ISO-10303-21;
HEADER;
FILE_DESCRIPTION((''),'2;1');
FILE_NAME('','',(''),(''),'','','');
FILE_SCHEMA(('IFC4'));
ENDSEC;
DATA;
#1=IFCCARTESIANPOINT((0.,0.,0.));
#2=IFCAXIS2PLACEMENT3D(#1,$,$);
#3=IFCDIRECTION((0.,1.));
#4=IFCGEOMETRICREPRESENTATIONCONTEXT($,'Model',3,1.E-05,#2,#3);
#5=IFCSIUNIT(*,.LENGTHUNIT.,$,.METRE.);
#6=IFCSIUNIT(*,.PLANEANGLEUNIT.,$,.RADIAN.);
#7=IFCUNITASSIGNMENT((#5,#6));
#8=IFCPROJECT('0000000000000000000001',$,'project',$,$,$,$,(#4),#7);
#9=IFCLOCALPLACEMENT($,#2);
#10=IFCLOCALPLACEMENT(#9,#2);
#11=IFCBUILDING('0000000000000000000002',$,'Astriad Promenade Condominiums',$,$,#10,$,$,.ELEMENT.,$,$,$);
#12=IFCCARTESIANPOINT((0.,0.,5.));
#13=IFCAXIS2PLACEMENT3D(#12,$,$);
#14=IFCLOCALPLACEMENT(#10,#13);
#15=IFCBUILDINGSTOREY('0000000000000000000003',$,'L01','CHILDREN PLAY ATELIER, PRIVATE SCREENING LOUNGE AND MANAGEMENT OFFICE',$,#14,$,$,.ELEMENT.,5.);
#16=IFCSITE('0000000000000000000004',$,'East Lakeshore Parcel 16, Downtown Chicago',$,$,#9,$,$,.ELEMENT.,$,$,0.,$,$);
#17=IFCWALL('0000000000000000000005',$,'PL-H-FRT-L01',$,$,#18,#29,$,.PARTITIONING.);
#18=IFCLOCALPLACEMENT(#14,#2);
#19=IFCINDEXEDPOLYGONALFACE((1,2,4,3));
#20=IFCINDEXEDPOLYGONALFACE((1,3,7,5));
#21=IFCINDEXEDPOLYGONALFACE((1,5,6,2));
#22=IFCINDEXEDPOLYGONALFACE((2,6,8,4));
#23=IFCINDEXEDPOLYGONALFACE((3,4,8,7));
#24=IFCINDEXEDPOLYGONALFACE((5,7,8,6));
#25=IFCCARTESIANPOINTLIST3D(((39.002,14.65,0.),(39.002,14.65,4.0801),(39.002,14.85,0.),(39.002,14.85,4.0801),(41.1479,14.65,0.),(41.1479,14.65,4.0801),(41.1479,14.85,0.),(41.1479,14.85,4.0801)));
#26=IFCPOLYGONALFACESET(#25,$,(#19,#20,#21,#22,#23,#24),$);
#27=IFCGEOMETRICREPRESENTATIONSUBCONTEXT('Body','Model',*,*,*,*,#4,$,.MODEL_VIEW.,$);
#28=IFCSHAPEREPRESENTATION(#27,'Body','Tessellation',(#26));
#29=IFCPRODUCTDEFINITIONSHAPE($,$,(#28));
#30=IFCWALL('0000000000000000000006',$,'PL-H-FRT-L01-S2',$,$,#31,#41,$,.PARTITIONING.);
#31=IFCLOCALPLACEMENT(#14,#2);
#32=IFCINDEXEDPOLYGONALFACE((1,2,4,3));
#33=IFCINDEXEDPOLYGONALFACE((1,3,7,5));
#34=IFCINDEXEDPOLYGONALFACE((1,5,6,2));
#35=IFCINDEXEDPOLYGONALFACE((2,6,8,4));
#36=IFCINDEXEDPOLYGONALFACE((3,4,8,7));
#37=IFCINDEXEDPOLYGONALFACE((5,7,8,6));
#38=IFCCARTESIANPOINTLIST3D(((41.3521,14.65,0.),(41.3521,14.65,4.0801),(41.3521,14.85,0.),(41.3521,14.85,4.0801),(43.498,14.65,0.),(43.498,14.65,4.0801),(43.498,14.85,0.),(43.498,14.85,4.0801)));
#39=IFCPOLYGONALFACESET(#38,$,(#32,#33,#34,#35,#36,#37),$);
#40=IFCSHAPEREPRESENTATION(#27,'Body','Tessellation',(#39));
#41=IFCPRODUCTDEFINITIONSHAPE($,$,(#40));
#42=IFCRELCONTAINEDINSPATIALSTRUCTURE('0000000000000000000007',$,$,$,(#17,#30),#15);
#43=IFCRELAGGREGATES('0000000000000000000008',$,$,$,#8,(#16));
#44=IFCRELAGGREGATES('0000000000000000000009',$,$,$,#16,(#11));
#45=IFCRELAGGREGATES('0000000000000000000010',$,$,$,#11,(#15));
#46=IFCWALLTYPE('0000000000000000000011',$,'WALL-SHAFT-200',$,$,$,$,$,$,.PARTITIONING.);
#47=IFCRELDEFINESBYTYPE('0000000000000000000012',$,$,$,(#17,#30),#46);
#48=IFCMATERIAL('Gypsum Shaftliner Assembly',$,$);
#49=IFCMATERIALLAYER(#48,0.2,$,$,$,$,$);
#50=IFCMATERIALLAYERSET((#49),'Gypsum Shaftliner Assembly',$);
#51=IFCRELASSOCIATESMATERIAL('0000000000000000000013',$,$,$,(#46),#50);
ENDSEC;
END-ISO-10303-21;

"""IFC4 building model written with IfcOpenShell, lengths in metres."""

from ifc_helpers import new_model, si_unit, direction, frame, frame_2d, origin, place, context, subcontext, project, spatial, rectangle, extrude, material, layer, layer_set, type_object, element, save


model = new_model("IFC4")

# Units and contexts
model_context = context("Model", 3, precision=1e-05, world=origin(), true_north=direction((0.0, 1.0)))
body_context = subcontext(model_context, "Body", "Model", "MODEL_VIEW")
ifc_project = project(units=[si_unit("LENGTHUNIT", "METRE"), si_unit("PLANEANGLEUNIT", "RADIAN")], contexts=[model_context])

# Site, building, storey
site_placement = place(None, origin())
site = spatial("IfcSite", under=ifc_project, at=site_placement, Name="East Lakeshore Parcel 16, Downtown Chicago", CompositionType="ELEMENT", RefElevation=0.0)
building_placement = place(site_placement, origin())
building = spatial("IfcBuilding", under=site, at=building_placement, Name="Astriad Promenade Condominiums", CompositionType="ELEMENT")
storey_placement = place(building_placement, frame((0.0, 0.0, 5.0)))
storey = spatial("IfcBuildingStorey", under=building, at=storey_placement, Name="L01", Description="CHILDREN PLAY ATELIER, PRIVATE SCREENING LOUNGE AND MANAGEMENT OFFICE", CompositionType="ELEMENT", Elevation=5.0)

# Walls
ifc_material_1 = material(Name="Gypsum Shaftliner Assembly")
ifc_layer_1 = layer(ifc_material_1, 0.2)
ifc_layer_set_1 = layer_set([ifc_layer_1], Name="Gypsum Shaftliner Assembly")
wall_type_1 = type_object("IfcWallType", Name="WALL-SHAFT-200", PredefinedType="PARTITIONING", material=ifc_layer_set_1)
for number, where, z_axis, x_axis, name in (
    (1, (39.002, 14.75, 0.0), (0.0, 0.0, 1.0), (1.0, 0.0, 0.0), "PL-H-FRT-L01"),
    (2, (41.3521, 14.75, 0.0), (0.0, 0.0, 1.0), (1.0, 0.0, 0.0), "PL-H-FRT-L01-S2"),
):
    element("IfcWall", number, at=place(storey_placement, frame(where, z_axis=z_axis, x_axis=x_axis)), inside=storey, type_object=wall_type_1, Name=name, PredefinedType="PARTITIONING", context=body_context, shape_type="SweptSolid", body=[
        extrude(rectangle(XDim=2.146, YDim=0.2, at=frame_2d((1.073, 0.0))), origin(), (0.0, 0.0, 1.0), 4.0801),
    ])

save(model, "model.ifc")
